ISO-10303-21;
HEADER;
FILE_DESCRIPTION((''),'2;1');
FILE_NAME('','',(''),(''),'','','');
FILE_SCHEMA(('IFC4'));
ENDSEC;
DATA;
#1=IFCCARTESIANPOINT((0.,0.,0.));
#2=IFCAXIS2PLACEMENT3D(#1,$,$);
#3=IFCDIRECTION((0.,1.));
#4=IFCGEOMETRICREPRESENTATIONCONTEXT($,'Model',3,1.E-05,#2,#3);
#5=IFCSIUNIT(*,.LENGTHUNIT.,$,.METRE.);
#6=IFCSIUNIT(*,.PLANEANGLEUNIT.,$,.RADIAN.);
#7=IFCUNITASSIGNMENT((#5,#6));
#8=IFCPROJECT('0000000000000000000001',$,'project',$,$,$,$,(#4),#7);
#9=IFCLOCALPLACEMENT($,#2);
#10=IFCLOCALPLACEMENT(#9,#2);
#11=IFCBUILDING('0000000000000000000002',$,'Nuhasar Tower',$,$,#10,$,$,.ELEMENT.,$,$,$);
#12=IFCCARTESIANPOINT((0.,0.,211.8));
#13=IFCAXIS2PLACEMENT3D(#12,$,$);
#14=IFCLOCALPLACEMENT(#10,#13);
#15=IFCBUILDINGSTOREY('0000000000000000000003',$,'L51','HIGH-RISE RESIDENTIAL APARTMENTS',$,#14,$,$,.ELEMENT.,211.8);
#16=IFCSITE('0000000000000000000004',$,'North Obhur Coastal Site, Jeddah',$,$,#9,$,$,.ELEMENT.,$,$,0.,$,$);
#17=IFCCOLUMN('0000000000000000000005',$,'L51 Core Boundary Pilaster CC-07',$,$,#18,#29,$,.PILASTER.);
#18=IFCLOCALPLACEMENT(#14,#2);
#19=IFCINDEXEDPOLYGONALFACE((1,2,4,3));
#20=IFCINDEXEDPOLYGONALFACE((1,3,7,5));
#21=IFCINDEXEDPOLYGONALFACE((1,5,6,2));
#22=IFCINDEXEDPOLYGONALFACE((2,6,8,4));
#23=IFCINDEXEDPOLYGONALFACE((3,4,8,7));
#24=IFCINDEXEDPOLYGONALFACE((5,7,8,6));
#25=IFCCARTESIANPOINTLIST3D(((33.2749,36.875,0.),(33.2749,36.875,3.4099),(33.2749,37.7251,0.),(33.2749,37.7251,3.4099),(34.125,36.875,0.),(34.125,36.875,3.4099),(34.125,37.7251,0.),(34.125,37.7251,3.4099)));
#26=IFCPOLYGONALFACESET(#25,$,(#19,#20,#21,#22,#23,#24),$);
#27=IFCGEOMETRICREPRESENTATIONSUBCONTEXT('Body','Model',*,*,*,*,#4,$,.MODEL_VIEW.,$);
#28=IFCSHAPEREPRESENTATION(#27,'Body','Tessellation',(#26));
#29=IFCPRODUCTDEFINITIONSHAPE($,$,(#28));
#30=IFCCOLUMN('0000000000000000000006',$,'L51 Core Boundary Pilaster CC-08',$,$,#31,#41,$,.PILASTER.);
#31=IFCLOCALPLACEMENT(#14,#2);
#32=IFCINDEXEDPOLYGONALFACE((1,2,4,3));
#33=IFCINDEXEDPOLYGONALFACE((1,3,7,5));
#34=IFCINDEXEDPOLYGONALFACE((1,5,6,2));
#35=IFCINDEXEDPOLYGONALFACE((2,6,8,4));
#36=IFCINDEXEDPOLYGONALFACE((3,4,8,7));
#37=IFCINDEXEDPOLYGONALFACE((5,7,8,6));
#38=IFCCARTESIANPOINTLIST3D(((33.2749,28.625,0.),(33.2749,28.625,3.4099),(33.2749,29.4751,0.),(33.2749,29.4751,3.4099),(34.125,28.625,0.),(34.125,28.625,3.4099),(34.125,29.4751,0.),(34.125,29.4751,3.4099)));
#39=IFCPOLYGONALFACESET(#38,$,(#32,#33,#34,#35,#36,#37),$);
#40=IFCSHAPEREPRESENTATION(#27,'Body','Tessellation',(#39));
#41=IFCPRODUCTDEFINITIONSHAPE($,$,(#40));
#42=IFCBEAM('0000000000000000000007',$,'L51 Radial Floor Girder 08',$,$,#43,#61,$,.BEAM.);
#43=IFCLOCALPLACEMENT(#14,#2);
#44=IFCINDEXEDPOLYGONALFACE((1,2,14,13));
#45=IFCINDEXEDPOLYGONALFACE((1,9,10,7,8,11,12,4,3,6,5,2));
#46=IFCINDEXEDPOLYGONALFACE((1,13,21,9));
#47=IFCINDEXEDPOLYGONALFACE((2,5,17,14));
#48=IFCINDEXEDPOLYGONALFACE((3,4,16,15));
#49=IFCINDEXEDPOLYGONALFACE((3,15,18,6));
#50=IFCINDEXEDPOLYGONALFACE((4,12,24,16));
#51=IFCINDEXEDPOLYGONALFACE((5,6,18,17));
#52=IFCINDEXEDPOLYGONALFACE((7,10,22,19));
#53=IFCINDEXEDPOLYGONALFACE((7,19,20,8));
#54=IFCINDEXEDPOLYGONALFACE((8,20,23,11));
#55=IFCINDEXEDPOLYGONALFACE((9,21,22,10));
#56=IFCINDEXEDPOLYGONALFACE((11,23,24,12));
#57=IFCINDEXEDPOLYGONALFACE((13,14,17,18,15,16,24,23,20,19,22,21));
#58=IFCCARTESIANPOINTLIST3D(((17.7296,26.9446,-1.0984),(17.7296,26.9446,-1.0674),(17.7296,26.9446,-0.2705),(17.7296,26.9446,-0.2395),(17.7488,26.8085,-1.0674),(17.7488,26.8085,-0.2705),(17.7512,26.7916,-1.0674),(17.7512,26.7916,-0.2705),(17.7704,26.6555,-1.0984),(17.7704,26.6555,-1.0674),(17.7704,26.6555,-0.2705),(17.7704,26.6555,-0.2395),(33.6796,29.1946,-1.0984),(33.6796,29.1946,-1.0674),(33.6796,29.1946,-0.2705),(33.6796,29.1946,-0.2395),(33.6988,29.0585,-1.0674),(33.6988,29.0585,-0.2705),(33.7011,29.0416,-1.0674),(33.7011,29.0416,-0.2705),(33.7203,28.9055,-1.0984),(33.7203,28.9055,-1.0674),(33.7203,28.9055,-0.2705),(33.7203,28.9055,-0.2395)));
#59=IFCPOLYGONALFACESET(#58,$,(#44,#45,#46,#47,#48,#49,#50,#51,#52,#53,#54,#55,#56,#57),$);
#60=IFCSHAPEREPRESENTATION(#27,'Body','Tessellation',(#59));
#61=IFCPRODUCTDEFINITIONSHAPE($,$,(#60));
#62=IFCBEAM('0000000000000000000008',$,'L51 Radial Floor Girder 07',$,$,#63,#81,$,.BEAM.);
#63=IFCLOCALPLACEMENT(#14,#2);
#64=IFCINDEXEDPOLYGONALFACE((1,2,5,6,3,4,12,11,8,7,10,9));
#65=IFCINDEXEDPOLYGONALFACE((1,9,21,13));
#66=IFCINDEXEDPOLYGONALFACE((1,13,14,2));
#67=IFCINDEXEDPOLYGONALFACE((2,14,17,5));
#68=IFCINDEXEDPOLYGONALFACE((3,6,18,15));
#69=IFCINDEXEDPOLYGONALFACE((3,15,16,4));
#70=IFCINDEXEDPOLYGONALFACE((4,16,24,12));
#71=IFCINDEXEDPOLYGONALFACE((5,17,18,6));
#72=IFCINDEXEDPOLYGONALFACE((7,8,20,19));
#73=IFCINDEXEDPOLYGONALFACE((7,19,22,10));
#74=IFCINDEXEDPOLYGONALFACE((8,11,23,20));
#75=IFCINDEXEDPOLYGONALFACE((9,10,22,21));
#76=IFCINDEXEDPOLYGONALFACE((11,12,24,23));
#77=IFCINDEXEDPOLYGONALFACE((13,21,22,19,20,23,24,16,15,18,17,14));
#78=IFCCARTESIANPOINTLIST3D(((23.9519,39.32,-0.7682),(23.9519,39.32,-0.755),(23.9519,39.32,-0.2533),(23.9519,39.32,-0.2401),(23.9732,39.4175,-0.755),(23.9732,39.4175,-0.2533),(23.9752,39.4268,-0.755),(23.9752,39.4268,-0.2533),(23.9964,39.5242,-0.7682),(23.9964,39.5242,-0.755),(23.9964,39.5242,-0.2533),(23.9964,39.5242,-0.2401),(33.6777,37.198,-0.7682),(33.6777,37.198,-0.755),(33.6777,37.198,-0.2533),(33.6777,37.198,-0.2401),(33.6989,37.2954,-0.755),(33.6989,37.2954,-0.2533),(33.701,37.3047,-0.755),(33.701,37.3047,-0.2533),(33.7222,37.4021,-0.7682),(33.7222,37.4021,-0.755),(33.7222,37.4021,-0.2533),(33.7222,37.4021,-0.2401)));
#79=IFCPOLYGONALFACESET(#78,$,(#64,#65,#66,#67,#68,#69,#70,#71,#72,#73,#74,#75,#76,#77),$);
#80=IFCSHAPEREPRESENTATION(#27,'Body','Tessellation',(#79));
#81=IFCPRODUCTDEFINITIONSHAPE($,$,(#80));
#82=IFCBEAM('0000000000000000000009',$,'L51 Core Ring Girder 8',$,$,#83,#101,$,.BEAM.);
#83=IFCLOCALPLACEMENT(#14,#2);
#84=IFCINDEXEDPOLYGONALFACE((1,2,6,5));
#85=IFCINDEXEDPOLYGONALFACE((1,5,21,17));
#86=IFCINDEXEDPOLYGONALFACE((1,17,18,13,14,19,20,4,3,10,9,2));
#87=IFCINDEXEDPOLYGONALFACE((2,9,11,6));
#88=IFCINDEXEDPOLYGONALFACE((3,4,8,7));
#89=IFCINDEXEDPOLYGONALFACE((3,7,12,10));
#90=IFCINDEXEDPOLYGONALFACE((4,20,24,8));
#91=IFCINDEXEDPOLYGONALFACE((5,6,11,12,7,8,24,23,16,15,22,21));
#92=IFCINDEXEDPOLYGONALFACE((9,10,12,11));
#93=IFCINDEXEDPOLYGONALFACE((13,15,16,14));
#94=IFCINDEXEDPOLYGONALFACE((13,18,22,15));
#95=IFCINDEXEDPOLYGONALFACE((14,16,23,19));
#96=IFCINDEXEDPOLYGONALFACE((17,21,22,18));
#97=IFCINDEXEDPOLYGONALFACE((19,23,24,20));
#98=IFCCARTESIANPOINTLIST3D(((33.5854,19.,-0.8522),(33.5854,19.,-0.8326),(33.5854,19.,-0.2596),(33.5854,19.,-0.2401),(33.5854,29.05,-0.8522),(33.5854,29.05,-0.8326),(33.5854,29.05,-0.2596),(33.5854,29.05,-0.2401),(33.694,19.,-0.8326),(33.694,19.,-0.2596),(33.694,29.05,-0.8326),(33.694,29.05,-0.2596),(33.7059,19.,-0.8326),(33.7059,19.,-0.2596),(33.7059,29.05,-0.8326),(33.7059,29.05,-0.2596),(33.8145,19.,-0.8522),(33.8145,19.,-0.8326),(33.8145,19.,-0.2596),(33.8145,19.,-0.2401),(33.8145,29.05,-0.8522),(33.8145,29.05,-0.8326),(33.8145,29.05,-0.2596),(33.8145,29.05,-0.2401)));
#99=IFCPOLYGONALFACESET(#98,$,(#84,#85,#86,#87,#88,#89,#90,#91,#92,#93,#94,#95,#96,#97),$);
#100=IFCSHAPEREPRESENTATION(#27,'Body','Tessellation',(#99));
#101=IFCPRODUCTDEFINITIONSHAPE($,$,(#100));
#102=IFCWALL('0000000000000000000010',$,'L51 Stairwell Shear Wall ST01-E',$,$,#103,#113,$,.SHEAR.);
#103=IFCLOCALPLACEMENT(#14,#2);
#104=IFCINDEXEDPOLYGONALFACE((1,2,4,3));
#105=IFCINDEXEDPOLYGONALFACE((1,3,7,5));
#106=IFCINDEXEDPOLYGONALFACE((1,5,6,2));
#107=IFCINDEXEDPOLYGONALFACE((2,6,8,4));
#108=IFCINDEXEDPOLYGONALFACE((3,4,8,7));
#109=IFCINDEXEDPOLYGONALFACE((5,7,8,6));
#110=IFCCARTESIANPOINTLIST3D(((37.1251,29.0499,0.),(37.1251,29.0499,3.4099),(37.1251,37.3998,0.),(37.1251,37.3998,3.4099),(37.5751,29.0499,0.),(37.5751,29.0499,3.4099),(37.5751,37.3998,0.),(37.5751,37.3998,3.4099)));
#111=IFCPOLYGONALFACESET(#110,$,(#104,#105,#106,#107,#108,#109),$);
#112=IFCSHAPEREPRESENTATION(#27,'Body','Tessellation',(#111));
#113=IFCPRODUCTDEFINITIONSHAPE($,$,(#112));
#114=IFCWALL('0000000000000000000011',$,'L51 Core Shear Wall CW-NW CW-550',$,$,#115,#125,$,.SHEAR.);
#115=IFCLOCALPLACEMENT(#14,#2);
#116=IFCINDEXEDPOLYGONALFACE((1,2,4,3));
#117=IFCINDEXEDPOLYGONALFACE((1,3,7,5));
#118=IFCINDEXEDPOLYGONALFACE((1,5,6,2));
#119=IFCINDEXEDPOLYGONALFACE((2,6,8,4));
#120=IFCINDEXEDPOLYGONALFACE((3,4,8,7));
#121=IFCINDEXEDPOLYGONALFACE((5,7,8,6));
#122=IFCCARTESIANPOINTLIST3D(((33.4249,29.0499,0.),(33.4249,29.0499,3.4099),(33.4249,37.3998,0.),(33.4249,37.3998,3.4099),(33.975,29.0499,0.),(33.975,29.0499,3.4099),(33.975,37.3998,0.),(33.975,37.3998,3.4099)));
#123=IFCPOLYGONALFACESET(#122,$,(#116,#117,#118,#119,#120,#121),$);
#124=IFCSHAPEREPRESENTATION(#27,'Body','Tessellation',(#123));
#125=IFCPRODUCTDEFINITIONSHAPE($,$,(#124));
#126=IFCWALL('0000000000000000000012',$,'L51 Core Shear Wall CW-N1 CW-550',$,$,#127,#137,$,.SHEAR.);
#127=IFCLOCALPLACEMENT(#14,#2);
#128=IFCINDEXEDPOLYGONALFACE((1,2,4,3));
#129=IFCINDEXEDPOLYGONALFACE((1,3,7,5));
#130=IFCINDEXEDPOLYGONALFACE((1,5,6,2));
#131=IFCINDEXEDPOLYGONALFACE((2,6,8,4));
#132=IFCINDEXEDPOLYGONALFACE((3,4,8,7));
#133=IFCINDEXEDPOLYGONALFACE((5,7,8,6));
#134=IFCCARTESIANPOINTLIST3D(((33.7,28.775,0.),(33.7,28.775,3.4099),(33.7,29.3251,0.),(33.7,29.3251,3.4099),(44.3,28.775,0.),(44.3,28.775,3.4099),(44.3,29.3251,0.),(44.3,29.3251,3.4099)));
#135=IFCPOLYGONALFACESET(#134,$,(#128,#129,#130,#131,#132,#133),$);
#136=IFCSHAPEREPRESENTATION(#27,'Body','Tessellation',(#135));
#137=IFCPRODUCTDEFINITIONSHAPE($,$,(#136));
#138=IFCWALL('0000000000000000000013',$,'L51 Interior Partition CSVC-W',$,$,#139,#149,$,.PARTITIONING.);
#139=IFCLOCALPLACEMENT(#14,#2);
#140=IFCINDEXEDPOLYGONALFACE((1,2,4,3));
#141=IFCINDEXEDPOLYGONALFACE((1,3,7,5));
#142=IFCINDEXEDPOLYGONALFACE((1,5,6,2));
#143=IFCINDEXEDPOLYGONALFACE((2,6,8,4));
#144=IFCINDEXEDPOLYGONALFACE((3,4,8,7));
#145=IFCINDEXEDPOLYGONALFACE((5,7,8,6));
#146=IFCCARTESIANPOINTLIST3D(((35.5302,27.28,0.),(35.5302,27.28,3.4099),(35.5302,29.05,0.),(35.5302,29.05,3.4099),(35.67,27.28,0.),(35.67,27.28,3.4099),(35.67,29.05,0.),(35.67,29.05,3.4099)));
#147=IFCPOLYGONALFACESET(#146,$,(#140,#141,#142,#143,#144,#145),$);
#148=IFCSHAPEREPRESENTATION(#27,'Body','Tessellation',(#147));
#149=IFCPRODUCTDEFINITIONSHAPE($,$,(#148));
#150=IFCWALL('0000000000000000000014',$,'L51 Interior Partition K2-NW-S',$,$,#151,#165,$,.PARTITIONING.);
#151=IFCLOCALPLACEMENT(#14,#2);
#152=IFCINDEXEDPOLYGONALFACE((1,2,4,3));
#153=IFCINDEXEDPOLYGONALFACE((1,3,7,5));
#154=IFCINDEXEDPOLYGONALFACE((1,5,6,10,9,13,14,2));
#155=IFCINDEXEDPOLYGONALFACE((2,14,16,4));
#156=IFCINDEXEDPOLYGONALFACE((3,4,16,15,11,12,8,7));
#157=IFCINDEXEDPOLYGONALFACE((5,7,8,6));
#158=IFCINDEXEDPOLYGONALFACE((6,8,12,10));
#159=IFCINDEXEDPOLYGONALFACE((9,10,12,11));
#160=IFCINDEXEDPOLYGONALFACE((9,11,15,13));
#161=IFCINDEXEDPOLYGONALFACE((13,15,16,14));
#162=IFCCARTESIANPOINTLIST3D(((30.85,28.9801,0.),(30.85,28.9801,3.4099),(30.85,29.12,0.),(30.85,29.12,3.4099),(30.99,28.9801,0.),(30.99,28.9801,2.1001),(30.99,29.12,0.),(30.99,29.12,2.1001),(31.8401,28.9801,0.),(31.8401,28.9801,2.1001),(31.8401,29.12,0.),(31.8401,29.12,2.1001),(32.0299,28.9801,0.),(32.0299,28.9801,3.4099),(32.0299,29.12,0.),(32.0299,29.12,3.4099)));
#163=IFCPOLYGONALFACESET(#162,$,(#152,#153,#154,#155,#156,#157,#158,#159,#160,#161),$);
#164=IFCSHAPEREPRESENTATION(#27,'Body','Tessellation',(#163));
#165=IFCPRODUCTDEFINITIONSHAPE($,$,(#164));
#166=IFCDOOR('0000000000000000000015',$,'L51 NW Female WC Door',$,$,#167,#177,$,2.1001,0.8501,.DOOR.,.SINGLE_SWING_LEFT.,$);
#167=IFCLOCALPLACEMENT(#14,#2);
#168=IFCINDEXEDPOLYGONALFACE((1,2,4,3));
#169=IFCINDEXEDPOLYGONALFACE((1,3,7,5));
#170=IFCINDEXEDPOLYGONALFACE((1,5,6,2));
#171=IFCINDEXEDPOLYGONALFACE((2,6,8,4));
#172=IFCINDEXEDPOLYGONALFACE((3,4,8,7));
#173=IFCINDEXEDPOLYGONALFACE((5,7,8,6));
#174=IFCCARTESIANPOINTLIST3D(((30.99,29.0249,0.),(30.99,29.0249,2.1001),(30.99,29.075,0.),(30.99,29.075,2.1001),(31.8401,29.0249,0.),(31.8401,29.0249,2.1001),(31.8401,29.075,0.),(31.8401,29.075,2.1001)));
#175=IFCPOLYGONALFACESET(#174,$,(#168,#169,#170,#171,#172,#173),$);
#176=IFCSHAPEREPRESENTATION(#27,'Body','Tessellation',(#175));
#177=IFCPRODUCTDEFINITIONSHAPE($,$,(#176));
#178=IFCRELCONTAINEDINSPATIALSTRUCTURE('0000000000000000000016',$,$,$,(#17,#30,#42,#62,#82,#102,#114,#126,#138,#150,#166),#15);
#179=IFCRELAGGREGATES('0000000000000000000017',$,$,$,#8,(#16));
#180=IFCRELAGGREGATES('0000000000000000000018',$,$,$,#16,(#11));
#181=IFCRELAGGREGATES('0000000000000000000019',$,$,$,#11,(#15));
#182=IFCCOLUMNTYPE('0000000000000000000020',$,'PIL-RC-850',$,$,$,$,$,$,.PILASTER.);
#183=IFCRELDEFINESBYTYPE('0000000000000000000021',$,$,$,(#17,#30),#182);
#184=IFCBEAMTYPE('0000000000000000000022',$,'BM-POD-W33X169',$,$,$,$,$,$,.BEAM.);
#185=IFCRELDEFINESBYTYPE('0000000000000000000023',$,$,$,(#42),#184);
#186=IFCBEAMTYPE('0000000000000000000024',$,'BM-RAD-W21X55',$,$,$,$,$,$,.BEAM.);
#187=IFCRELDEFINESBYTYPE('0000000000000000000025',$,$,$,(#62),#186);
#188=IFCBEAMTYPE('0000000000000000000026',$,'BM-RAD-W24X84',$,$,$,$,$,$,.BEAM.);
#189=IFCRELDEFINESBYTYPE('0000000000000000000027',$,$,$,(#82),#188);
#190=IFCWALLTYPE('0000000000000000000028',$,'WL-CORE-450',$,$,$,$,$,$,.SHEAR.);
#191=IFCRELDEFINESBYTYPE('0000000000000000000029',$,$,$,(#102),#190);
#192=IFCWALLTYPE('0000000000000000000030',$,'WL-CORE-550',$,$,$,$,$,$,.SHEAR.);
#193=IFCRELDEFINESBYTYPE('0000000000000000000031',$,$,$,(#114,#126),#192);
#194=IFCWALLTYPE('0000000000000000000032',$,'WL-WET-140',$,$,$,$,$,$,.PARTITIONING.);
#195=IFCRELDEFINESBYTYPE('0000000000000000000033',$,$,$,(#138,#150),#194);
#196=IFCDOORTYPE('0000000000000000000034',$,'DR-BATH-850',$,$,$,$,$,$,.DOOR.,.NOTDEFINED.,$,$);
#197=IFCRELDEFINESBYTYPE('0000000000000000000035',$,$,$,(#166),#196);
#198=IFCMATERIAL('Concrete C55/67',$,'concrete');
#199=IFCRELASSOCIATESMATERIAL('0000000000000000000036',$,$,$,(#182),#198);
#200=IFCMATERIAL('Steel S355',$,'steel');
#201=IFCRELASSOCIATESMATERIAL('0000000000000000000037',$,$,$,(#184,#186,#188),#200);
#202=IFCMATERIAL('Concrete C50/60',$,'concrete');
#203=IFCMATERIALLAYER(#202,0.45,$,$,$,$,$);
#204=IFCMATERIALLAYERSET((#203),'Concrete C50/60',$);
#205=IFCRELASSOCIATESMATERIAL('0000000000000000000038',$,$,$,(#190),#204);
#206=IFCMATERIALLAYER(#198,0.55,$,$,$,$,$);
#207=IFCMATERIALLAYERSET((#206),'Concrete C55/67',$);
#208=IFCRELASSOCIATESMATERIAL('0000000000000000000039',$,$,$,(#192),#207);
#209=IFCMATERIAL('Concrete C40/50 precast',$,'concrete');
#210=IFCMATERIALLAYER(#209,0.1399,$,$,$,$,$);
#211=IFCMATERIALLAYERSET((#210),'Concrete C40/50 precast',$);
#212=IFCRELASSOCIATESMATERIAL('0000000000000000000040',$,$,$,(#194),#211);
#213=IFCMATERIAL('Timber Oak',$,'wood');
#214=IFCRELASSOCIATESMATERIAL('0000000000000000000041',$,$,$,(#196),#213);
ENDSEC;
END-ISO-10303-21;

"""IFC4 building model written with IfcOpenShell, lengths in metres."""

from ifc_helpers import new_model, si_unit, direction, frame, frame_2d, origin, origin_2d, place, context, subcontext, project, spatial, rectangle, i_section, extrude, material, layer, layer_set, material_profile, profile_set, type_object, element, fill, save


model = new_model("IFC4")

# Units and contexts
model_context = context("Model", 3, precision=1e-05, world=origin(), true_north=direction((0.0, 1.0)))
body_context = subcontext(model_context, "Body", "Model", "MODEL_VIEW")
ifc_project = project(units=[si_unit("LENGTHUNIT", "METRE"), si_unit("PLANEANGLEUNIT", "RADIAN")], contexts=[model_context])

# Site, building, storey
site_placement = place(None, origin())
site = spatial("IfcSite", under=ifc_project, at=site_placement, Name="North Obhur Coastal Site, Jeddah", CompositionType="ELEMENT", RefElevation=0.0)
building_placement = place(site_placement, origin())
building = spatial("IfcBuilding", under=site, at=building_placement, Name="Nuhasar Tower", CompositionType="ELEMENT")
storey_placement = place(building_placement, frame((0.0, 0.0, 211.8)))
storey = spatial("IfcBuildingStorey", under=building, at=storey_placement, Name="L51", Description="HIGH-RISE RESIDENTIAL APARTMENTS", CompositionType="ELEMENT", Elevation=211.8)

# Columns
ifc_material_1 = material(Name="Concrete C55/67", Category="concrete")
ifc_material_profile_1 = material_profile(ifc_material_1, rectangle(XDim=0.8501, YDim=0.8501, at=origin_2d()), Name="RC850X850")
ifc_profile_set_1 = profile_set([ifc_material_profile_1], Name="Concrete C55/67")
column_type = type_object("IfcColumnType", Name="PIL-RC-850", PredefinedType="PILASTER", material=ifc_profile_set_1)
for number, where, z_axis, x_axis, name in (
    (1, (33.7, 37.3, 0.0), (0.0, 0.0, 1.0), (1.0, 0.0, 0.0), "L51 Core Boundary Pilaster CC-07"),
    (2, (33.7, 29.05, 0.0), (0.0, 0.0, 1.0), (1.0, 0.0, 0.0), "L51 Core Boundary Pilaster CC-08"),
):
    element("IfcColumn", number, at=place(storey_placement, frame(where, z_axis=z_axis, x_axis=x_axis)), inside=storey, type_object=column_type, Name=name, PredefinedType="PILASTER", context=body_context, shape_type="SweptSolid", body=[
        extrude(rectangle(XDim=0.8501, YDim=0.8501, at=origin_2d()), origin(), (0.0, 0.0, 1.0), 3.4099),
    ])

# Beams
ifc_material_2 = material(Name="Steel S355", Category="steel")
ifc_material_profile_2 = material_profile(ifc_material_2, i_section(OverallWidth=0.292, OverallDepth=0.8589, WebThickness=0.0171, FlangeThickness=0.031, at=origin_2d()), Name="W33X169")
ifc_profile_set_2 = profile_set([ifc_material_profile_2], Name="Steel S355")
beam_type_1 = type_object("IfcBeamType", Name="BM-POD-W33X169", PredefinedType="BEAM", material=ifc_profile_set_2)
beam_1_placement = place(storey_placement, frame((33.7, 29.05, -0.6689), z_axis=(-0.990196, -0.139683, 0.0), x_axis=(0.139683, -0.990196, 0.0)))
element("IfcBeam", 3, at=beam_1_placement, inside=storey, type_object=beam_type_1, Name="L51 Radial Floor Girder 08", PredefinedType="BEAM", context=body_context, shape_type="SweptSolid", body=[
    extrude(i_section(OverallWidth=0.292, OverallDepth=0.8589, WebThickness=0.0171, FlangeThickness=0.031, at=origin_2d()), origin(), (0.0, 0.0, 1.0), 16.1079),
])
ifc_material_profile_3 = material_profile(ifc_material_2, i_section(OverallWidth=0.209, OverallDepth=0.5281, WebThickness=0.0095, FlangeThickness=0.0132, at=origin_2d()), Name="W21X55")
ifc_profile_set_3 = profile_set([ifc_material_profile_3], Name="Steel S355")
beam_type_2 = type_object("IfcBeamType", Name="BM-RAD-W21X55", PredefinedType="BEAM", material=ifc_profile_set_3)
beam_2_placement = place(storey_placement, frame((33.7, 37.3, -0.5042), z_axis=(-0.977014, 0.213174, 0.0), x_axis=(-0.213174, -0.977014, 0.0)))
element("IfcBeam", 4, at=beam_2_placement, inside=storey, type_object=beam_type_2, Name="L51 Radial Floor Girder 07", PredefinedType="BEAM", context=body_context, shape_type="SweptSolid", body=[
    extrude(i_section(OverallWidth=0.209, OverallDepth=0.5281, WebThickness=0.0095, FlangeThickness=0.0132, at=origin_2d()), origin(), (0.0, 0.0, 1.0), 9.9546),
])
ifc_material_profile_4 = material_profile(ifc_material_2, i_section(OverallWidth=0.229, OverallDepth=0.6121, WebThickness=0.012, FlangeThickness=0.0195, at=origin_2d()), Name="W24X84")
ifc_profile_set_4 = profile_set([ifc_material_profile_4], Name="Steel S355")
beam_type_3 = type_object("IfcBeamType", Name="BM-RAD-W24X84", PredefinedType="BEAM", material=ifc_profile_set_4)
beam_3_placement = place(storey_placement, frame((33.7, 29.05, -0.5461), z_axis=(0.0, -1.0, 0.0), x_axis=(1.0, 0.0, 0.0)))
element("IfcBeam", 5, at=beam_3_placement, inside=storey, type_object=beam_type_3, Name="L51 Core Ring Girder 8", PredefinedType="BEAM", context=body_context, shape_type="SweptSolid", body=[
    extrude(i_section(OverallWidth=0.229, OverallDepth=0.6121, WebThickness=0.012, FlangeThickness=0.0195, at=origin_2d()), origin(), (0.0, 0.0, 1.0), 10.05),
])

# Walls
ifc_material_3 = material(Name="Concrete C50/60", Category="concrete")
ifc_layer_1 = layer(ifc_material_3, 0.45)
ifc_layer_set_1 = layer_set([ifc_layer_1], Name="Concrete C50/60")
wall_type_1 = type_object("IfcWallType", Name="WL-CORE-450", PredefinedType="SHEAR", material=ifc_layer_set_1)
wall_1_placement = place(storey_placement, frame((37.3501, 29.05, 0.0), z_axis=(0.0, 0.0, 1.0), x_axis=(0.0, 1.0, 0.0)))
element("IfcWall", 6, at=wall_1_placement, inside=storey, type_object=wall_type_1, Name="L51 Stairwell Shear Wall ST01-E", PredefinedType="SHEAR", context=body_context, shape_type="SweptSolid", body=[
    extrude(rectangle(XDim=8.3499, YDim=0.45, at=frame_2d((4.1748, 0.0))), origin(), (0.0, 0.0, 1.0), 3.4099),
])
ifc_layer_2 = layer(ifc_material_1, 0.55)
ifc_layer_set_2 = layer_set([ifc_layer_2], Name="Concrete C55/67")
wall_type_2 = type_object("IfcWallType", Name="WL-CORE-550", PredefinedType="SHEAR", material=ifc_layer_set_2)
wall_2_placement = place(storey_placement, frame((33.7, 29.05, 0.0), z_axis=(0.0, 0.0, 1.0), x_axis=(0.0, 1.0, 0.0)))
element("IfcWall", 7, at=wall_2_placement, inside=storey, type_object=wall_type_2, Name="L51 Core Shear Wall CW-NW CW-550", PredefinedType="SHEAR", context=body_context, shape_type="SweptSolid", body=[
    extrude(rectangle(XDim=8.3499, YDim=0.55, at=frame_2d((4.1748, 0.0))), origin(), (0.0, 0.0, 1.0), 3.4099),
])
wall_3_placement = place(storey_placement, frame((33.7, 29.05, 0.0), z_axis=(0.0, 0.0, 1.0), x_axis=(1.0, 0.0, 0.0)))
element("IfcWall", 8, at=wall_3_placement, inside=storey, type_object=wall_type_2, Name="L51 Core Shear Wall CW-N1 CW-550", PredefinedType="SHEAR", context=body_context, shape_type="SweptSolid", body=[
    extrude(rectangle(XDim=10.6001, YDim=0.55, at=frame_2d((5.3, 0.0))), origin(), (0.0, 0.0, 1.0), 3.4099),
])
ifc_material_4 = material(Name="Concrete C40/50 precast", Category="concrete")
ifc_layer_3 = layer(ifc_material_4, 0.1399)
ifc_layer_set_3 = layer_set([ifc_layer_3], Name="Concrete C40/50 precast")
wall_type_3 = type_object("IfcWallType", Name="WL-WET-140", PredefinedType="PARTITIONING", material=ifc_layer_set_3)
wall_4_placement = place(storey_placement, frame((35.6001, 27.28, 0.0), z_axis=(0.0, 0.0, 1.0), x_axis=(0.0, 1.0, 0.0)))
element("IfcWall", 9, at=wall_4_placement, inside=storey, type_object=wall_type_3, Name="L51 Interior Partition CSVC-W", PredefinedType="PARTITIONING", context=body_context, shape_type="SweptSolid", body=[
    extrude(rectangle(XDim=1.77, YDim=0.1399, at=frame_2d((0.885, 0.0))), origin(), (0.0, 0.0, 1.0), 3.4099),
])

# Wall, opening, door
wall_5_placement = place(storey_placement, frame((30.8501, 29.05, 0.0), z_axis=(0.0, 0.0, 1.0), x_axis=(1.0, 0.0, 0.0)))
wall_5 = element("IfcWall", 10, at=wall_5_placement, inside=storey, type_object=wall_type_3, Name="L51 Interior Partition K2-NW-S", PredefinedType="PARTITIONING", context=body_context, shape_type="SweptSolid", body=[
    extrude(rectangle(XDim=1.1799, YDim=0.1399, at=frame_2d((0.5898, 0.0))), origin(), (0.0, 0.0, 1.0), 3.4099),
])
opening_1_placement = place(wall_5_placement, frame((0.1399, 0.0, 0.0)))
opening_1 = element("IfcOpeningElement", 11, at=opening_1_placement, cuts=wall_5, PredefinedType="OPENING", context=body_context, shape_type="SweptSolid", body=[
    extrude(rectangle(XDim=0.8501, YDim=2.1001, at=frame_2d((0.425, 1.05))), frame((0.0, 0.0801, 0.0), z_axis=(0.0, -1.0, 0.0), x_axis=(1.0, 0.0, 0.0)), (0.0, 0.0, 1.0), 0.1599),
])
ifc_material_5 = material(Name="Timber Oak", Category="wood")
door_type_1 = type_object("IfcDoorType", Name="DR-BATH-850", OperationType="NOTDEFINED", PredefinedType="DOOR", material=ifc_material_5)
door_1_placement = place(opening_1_placement, origin())
door_1 = element("IfcDoor", 12, at=door_1_placement, inside=storey, type_object=door_type_1, Name="L51 NW Female WC Door", OperationType="SINGLE_SWING_LEFT", OverallHeight=2.1001, OverallWidth=0.8501, PredefinedType="DOOR", context=body_context, shape_type="SweptSolid", body=[
    extrude(rectangle(XDim=0.8501, YDim=2.1001, at=frame_2d((0.425, 1.05))), frame((0.0, 0.0249, 0.0), z_axis=(0.0, -1.0, 0.0), x_axis=(1.0, 0.0, 0.0)), (0.0, 0.0, 1.0), 0.05),
])
fill(opening_1, door_1)

save(model, "model.ifc")
